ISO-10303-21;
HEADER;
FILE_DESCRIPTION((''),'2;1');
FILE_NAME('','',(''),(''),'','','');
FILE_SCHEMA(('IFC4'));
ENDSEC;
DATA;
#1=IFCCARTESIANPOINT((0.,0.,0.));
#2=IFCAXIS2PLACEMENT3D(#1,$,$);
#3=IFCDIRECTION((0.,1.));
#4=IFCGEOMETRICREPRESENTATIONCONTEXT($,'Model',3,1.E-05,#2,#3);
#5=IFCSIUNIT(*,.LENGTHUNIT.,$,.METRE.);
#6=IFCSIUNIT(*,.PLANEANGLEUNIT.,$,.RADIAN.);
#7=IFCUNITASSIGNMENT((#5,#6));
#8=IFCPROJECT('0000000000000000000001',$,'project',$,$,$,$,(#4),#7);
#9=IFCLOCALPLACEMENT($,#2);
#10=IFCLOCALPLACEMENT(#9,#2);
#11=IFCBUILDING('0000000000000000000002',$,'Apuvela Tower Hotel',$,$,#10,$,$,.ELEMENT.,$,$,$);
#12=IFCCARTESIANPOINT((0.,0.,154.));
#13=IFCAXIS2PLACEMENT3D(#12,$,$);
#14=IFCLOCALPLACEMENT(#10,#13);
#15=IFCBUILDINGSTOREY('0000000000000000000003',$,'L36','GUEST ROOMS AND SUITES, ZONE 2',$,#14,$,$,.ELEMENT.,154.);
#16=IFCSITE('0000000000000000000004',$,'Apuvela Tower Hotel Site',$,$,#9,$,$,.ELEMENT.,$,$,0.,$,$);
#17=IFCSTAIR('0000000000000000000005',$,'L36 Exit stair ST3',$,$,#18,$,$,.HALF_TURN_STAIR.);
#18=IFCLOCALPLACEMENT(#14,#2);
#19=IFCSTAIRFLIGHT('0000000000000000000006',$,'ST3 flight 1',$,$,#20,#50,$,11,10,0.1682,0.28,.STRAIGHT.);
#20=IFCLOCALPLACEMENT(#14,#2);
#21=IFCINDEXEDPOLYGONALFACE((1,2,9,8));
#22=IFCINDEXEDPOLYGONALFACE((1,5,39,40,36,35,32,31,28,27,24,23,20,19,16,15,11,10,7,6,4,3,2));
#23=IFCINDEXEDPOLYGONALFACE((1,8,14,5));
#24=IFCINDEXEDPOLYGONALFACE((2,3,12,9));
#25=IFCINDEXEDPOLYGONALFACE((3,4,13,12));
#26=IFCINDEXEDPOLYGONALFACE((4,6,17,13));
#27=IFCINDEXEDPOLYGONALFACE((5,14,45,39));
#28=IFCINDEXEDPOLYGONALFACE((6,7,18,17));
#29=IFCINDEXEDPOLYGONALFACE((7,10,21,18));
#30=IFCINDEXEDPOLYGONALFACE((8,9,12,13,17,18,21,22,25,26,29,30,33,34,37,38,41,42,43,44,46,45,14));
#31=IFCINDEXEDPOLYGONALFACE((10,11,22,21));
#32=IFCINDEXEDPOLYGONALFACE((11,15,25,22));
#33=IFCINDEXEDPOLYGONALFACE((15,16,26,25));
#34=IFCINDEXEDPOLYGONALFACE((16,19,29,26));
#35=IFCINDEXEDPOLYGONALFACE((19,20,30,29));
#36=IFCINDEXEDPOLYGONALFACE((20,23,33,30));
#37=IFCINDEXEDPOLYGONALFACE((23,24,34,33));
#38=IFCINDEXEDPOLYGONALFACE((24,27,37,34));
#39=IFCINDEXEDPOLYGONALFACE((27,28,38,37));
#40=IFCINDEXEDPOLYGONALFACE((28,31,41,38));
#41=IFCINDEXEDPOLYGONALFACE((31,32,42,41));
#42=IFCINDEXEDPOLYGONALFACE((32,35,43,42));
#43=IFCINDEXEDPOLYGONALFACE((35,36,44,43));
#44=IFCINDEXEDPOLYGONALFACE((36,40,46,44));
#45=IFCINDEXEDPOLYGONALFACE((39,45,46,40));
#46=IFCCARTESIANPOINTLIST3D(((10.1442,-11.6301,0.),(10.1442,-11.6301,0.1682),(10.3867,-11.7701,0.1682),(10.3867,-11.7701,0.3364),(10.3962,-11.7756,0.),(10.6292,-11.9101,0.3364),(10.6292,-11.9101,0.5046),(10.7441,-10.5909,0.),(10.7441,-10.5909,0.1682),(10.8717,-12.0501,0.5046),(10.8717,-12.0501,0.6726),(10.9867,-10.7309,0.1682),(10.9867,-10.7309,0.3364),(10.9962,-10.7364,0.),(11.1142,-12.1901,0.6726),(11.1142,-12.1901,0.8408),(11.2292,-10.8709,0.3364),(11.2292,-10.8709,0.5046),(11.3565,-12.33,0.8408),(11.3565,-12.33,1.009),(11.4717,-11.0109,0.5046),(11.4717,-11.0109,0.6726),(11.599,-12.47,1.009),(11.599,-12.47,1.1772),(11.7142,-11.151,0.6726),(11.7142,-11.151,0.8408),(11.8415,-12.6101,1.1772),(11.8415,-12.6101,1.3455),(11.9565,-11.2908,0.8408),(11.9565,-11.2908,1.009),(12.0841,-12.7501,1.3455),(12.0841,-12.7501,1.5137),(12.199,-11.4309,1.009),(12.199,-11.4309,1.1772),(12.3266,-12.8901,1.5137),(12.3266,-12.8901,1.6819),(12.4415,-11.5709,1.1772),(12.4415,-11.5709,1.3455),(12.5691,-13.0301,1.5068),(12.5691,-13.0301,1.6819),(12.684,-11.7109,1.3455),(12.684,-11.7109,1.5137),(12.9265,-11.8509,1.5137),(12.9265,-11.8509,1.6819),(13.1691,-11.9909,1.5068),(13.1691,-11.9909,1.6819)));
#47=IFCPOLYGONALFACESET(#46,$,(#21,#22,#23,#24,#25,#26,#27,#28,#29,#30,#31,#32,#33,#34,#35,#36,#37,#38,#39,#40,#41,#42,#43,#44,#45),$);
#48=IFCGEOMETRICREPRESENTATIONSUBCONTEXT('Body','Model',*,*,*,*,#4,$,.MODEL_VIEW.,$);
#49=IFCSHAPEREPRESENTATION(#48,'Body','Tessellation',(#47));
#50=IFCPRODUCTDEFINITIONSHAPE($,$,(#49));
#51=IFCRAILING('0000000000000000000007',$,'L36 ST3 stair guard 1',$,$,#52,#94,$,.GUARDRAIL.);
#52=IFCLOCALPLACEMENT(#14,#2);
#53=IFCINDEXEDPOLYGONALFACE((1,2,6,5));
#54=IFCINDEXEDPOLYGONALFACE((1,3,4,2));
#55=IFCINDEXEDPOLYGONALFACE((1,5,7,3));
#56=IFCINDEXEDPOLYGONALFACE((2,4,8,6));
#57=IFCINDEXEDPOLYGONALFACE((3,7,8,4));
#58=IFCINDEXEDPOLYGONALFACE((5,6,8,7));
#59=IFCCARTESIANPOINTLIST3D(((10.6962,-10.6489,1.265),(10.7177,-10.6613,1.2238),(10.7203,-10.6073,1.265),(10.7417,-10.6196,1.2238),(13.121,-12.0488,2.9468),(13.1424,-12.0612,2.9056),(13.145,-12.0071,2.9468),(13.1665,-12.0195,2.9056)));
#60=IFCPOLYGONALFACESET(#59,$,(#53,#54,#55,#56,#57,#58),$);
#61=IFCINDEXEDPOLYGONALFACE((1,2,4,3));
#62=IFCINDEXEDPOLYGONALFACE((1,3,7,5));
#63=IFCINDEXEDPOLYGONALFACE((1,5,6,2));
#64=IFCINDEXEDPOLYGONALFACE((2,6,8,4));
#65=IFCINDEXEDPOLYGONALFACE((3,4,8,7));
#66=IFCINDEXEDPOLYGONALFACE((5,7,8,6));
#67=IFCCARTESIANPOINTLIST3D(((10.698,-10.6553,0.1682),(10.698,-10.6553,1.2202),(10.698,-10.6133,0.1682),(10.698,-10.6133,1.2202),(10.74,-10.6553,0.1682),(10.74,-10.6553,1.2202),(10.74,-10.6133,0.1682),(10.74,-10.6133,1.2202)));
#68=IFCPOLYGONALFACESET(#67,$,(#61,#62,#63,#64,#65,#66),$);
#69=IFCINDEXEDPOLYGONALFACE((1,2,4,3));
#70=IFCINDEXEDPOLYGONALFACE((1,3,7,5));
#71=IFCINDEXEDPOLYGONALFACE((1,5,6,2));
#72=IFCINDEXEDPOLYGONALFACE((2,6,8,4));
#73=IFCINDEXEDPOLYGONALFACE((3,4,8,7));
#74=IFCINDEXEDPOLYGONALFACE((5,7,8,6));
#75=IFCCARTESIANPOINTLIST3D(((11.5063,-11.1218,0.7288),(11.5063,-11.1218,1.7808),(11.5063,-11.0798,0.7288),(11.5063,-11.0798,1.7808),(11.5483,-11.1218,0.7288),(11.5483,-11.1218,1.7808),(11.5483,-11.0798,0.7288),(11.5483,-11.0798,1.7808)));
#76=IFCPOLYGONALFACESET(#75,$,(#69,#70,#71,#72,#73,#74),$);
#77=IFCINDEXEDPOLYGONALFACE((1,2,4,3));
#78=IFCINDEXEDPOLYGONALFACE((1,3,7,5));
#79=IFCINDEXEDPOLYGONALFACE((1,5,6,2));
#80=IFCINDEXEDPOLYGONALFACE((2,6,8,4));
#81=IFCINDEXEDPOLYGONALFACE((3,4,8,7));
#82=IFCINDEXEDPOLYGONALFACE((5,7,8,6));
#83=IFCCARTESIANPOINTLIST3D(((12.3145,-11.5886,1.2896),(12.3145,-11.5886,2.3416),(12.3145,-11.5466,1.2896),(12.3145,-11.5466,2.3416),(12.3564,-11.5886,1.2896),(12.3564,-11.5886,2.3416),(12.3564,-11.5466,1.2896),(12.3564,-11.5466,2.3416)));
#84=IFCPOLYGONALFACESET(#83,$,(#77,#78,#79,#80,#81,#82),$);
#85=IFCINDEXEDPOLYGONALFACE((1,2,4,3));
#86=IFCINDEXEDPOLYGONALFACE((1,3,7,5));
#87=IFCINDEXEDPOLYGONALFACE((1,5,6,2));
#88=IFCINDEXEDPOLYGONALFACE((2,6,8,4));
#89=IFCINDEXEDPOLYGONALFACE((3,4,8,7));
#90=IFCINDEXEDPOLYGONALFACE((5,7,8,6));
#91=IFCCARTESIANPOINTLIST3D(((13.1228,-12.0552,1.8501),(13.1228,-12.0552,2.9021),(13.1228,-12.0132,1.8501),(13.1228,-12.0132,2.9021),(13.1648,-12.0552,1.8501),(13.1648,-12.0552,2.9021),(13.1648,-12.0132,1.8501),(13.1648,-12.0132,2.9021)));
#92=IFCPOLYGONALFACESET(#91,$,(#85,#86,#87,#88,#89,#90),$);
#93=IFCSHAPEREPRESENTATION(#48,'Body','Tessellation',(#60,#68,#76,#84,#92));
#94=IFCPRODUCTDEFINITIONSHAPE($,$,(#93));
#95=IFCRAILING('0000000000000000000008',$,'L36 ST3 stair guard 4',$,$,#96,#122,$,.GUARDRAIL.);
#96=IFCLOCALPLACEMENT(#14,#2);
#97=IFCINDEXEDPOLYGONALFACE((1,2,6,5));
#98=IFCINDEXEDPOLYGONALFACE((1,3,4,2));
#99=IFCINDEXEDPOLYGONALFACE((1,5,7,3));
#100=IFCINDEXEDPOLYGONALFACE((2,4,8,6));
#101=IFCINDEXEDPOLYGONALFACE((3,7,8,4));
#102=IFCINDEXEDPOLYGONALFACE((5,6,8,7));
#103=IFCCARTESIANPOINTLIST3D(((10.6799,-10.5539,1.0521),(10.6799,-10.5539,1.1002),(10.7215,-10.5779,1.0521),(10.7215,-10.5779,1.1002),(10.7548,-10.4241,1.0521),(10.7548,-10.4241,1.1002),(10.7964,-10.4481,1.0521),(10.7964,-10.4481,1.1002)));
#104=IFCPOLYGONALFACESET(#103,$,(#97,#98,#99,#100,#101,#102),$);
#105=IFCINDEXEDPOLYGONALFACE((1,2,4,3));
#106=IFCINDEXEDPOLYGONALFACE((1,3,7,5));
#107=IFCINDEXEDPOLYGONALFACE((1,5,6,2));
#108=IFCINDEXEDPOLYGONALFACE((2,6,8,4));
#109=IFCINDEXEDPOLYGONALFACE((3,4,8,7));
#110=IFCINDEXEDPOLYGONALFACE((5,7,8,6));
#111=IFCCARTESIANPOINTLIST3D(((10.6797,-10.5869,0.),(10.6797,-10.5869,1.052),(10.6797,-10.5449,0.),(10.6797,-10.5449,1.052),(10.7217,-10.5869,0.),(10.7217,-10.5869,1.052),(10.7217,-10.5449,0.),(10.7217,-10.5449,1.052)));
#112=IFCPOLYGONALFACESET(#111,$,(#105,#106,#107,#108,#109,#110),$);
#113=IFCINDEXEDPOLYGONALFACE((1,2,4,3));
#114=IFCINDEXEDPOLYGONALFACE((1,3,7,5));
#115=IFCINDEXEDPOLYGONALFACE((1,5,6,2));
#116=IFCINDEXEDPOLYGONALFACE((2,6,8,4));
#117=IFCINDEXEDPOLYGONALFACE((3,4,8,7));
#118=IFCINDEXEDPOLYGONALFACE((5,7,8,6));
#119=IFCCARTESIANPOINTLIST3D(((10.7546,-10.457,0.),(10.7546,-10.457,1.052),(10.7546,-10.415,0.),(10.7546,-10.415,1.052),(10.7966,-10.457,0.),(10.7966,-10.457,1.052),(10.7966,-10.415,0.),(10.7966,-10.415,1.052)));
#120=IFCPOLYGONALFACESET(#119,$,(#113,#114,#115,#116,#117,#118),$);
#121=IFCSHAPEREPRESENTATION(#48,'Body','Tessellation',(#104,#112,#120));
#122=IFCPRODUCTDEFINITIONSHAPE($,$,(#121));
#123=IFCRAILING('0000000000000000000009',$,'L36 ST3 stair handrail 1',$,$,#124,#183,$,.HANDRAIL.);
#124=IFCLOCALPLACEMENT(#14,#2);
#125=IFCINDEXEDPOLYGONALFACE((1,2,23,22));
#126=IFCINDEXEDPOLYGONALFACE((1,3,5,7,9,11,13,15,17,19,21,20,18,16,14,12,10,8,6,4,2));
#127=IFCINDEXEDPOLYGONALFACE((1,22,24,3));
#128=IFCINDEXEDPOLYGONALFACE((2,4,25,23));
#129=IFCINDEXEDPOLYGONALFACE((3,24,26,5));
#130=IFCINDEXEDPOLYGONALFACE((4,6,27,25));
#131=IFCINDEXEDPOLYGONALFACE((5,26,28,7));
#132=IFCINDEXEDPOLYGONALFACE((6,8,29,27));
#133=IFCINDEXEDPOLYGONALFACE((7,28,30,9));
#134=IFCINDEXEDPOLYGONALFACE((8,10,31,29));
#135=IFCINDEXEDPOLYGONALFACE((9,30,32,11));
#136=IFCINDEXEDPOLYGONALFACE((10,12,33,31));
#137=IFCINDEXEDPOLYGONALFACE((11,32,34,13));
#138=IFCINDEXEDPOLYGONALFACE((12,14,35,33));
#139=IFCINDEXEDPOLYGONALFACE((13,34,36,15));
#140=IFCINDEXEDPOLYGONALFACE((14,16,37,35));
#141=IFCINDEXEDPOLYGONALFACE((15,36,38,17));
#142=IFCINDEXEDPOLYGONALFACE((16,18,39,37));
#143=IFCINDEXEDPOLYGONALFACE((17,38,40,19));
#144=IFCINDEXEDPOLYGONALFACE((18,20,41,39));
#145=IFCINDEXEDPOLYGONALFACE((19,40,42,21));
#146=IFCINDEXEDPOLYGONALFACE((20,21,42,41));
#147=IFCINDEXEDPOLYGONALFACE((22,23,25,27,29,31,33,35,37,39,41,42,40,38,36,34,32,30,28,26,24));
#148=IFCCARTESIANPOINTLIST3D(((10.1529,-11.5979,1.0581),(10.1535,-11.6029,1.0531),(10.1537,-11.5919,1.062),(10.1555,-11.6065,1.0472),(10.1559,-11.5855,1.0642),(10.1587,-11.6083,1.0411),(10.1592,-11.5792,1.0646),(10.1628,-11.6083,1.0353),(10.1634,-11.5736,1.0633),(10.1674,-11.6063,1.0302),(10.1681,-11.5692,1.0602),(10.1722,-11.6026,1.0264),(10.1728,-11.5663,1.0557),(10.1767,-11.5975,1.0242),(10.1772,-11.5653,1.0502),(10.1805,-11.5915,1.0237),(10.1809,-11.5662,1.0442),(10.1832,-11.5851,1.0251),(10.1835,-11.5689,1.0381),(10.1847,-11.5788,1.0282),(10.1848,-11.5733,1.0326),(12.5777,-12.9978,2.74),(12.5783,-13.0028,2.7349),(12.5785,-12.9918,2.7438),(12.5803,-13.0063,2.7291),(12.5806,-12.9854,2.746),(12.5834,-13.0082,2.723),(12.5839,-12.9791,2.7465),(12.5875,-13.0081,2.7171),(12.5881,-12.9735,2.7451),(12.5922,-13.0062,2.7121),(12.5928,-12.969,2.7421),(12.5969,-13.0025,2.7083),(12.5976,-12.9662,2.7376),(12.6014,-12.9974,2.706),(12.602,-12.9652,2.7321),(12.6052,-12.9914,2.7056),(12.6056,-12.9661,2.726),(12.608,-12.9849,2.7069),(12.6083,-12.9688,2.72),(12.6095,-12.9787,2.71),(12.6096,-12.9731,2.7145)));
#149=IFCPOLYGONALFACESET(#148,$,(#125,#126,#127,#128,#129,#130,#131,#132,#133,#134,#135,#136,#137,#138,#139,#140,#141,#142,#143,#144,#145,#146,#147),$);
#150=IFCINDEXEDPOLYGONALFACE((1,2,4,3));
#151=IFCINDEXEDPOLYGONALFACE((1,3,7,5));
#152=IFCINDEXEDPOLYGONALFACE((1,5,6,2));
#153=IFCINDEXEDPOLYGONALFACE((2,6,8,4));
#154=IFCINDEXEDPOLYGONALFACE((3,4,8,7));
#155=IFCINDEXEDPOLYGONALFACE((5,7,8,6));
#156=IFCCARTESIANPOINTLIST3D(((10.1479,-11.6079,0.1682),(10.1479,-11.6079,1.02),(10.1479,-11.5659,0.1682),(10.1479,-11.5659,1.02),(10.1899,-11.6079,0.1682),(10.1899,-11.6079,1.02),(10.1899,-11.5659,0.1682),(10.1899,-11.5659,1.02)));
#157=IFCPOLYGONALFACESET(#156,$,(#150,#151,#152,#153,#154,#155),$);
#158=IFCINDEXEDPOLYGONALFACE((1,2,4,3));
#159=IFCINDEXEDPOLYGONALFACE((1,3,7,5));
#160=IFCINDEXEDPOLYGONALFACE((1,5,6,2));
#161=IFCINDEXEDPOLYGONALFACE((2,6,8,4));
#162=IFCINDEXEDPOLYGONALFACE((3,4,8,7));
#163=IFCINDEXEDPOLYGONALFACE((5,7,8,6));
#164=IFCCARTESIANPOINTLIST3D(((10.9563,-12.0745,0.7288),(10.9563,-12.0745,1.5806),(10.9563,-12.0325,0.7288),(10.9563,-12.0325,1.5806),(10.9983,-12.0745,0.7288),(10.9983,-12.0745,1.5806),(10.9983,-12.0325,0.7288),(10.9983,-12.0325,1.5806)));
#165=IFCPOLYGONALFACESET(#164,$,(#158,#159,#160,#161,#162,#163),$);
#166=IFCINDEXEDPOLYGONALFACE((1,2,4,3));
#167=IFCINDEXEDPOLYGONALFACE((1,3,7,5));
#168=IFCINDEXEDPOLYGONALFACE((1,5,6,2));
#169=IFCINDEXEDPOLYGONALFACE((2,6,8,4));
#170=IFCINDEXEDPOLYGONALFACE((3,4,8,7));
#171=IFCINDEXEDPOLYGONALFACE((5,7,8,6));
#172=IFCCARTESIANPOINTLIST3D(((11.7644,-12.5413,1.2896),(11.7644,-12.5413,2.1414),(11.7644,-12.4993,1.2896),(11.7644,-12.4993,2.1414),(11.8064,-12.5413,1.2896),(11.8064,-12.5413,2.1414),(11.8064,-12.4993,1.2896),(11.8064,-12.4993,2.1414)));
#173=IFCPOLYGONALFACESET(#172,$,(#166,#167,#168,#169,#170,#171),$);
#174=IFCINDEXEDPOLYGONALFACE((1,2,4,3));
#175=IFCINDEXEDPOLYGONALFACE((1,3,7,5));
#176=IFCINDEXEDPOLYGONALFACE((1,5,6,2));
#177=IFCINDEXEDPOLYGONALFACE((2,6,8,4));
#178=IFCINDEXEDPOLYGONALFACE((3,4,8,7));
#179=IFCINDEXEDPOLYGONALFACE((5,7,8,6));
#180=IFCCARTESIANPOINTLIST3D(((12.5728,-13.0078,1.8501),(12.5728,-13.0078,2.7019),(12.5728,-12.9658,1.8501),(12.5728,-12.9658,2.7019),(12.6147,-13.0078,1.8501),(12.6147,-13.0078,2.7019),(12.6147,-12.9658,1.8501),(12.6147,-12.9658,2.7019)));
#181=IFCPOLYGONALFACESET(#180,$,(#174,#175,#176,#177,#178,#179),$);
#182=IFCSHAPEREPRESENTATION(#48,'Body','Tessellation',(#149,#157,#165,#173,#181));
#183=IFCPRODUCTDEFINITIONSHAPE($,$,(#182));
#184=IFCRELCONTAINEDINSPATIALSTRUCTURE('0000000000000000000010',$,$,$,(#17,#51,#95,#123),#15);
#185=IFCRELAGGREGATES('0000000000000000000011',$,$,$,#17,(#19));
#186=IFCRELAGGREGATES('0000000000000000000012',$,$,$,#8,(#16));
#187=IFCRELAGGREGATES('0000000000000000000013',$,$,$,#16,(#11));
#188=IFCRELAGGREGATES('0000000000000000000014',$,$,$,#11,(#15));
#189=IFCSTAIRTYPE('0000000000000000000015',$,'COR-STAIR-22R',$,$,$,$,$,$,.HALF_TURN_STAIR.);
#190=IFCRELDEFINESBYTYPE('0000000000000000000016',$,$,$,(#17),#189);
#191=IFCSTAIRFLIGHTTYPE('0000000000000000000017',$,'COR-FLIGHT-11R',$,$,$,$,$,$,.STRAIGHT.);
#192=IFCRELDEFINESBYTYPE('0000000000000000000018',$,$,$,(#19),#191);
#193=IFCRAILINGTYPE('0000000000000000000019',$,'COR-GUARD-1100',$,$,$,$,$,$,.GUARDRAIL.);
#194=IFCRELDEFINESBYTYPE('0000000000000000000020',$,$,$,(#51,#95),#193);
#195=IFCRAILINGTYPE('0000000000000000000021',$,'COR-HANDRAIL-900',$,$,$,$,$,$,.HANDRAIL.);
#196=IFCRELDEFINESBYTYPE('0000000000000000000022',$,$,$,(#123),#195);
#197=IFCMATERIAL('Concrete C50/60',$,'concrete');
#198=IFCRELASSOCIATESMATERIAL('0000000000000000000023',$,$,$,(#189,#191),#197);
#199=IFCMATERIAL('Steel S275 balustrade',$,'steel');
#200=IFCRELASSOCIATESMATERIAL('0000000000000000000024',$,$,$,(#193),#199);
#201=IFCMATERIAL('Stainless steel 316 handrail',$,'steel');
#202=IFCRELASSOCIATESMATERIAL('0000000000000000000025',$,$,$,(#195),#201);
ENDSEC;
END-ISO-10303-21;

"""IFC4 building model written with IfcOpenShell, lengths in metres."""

from ifc_helpers import new_model, si_unit, direction, frame, origin, origin_2d, place, context, subcontext, project, spatial, polyline, rectangle, circle, outline, extrude, material, type_object, element, aggregate, save


model = new_model("IFC4")

# Units and contexts
model_context = context("Model", 3, precision=1e-05, world=origin(), true_north=direction((0.0, 1.0)))
body_context = subcontext(model_context, "Body", "Model", "MODEL_VIEW")
ifc_project = project(units=[si_unit("LENGTHUNIT", "METRE"), si_unit("PLANEANGLEUNIT", "RADIAN")], contexts=[model_context])

# Site, building, storey
site_placement = place(None, origin())
site = spatial("IfcSite", under=ifc_project, at=site_placement, Name="Apuvela Tower Hotel Site", CompositionType="ELEMENT", RefElevation=0.0)
building_placement = place(site_placement, origin())
building = spatial("IfcBuilding", under=site, at=building_placement, Name="Apuvela Tower Hotel", CompositionType="ELEMENT")
storey_placement = place(building_placement, frame((0.0, 0.0, 154.0)))
storey = spatial("IfcBuildingStorey", under=building, at=storey_placement, Name="L36", Description="GUEST ROOMS AND SUITES, ZONE 2", CompositionType="ELEMENT", Elevation=154.0)

# Shared definitions
ifc_material_1 = material(Name="Concrete C50/60", Category="concrete")

# Stair, stair flight
stair_type = type_object("IfcStairType", Name="COR-STAIR-22R", PredefinedType="HALF_TURN_STAIR", material=ifc_material_1)
stair_placement = place(storey_placement, origin())
stair = element("IfcStair", 1, at=stair_placement, inside=storey, type_object=stair_type, Name="L36 Exit stair ST3", PredefinedType="HALF_TURN_STAIR")
stair_flight_type = type_object("IfcStairFlightType", Name="COR-FLIGHT-11R", PredefinedType="STRAIGHT", material=ifc_material_1)
stair_flight_placement = place(storey_placement, frame((10.4441, -11.1106, 0.0), z_axis=(0.0, 0.0, 1.0), x_axis=(0.866025, -0.5, 0.0)))
stair_flight = element("IfcStairFlight", 2, at=stair_flight_placement, type_object=stair_flight_type, Name="ST3 flight 1", NumberOfRisers=11, NumberOfTreads=10, PredefinedType="STRAIGHT", RiserHeight=0.1682, TreadLength=0.28, context=body_context, shape_type="SweptSolid", body=[
    extrude(outline(polyline([(0.0, 0.0), (0.0, 0.1682), (0.28, 0.1682), (0.28, 0.3364), (0.5601, 0.3364), (0.5601, 0.5046), (0.8401, 0.5046), (0.8401, 0.6726), (1.1201, 0.6726), (1.1201, 0.8408), (1.3999, 0.8408), (1.3999, 1.009), (1.6799, 1.009), (1.6799, 1.1772), (1.96, 1.1772), (1.96, 1.3455), (2.24, 1.3455), (2.24, 1.5137), (2.52, 1.5137), (2.52, 1.6819), (2.8, 1.6819), (2.8, 1.8501), (2.8, 1.5068), (0.291, 0.0), (0.0, 0.0)])), frame((0.0, 0.6001, 0.0), z_axis=(0.0, -1.0, 0.0), x_axis=(1.0, 0.0, 0.0)), (0.0, 0.0, 1.0), 1.2),
])
aggregate(stair, [stair_flight])

# Railings
ifc_material_2 = material(Name="Steel S275 balustrade", Category="steel")
railing_type_1 = type_object("IfcRailingType", Name="COR-GUARD-1100", PredefinedType="GUARDRAIL", material=ifc_material_2)
railing_1_placement = place(storey_placement, frame((10.719, -10.6343, 0.1682)))
element("IfcRailing", 3, at=railing_1_placement, inside=storey, type_object=railing_type_1, Name="L36 ST3 stair guard 1", PredefinedType="GUARDRAIL", context=body_context, shape_type="SweptSolid", body=[
    extrude(rectangle(XDim=0.0481, YDim=0.0481, at=origin_2d()), frame((0.0, 0.0, 1.0762), z_axis=(0.74239, -0.428601, 0.514934), x_axis=(0.499984, 0.866035, 0.0)), (0.0, 0.0, 1.0), 3.2661),
    extrude(rectangle(XDim=0.042, YDim=0.042, at=origin_2d()), origin(), (0.0, 0.0, 1.0), 1.052),
    extrude(rectangle(XDim=0.042, YDim=0.042, at=origin_2d()), frame((0.8083, -0.4666, 0.5605)), (0.0, 0.0, 1.0), 1.052),
    extrude(rectangle(XDim=0.042, YDim=0.042, at=origin_2d()), frame((1.6165, -0.9333, 1.1213)), (0.0, 0.0, 1.0), 1.052),
    extrude(rectangle(XDim=0.042, YDim=0.042, at=origin_2d()), frame((2.4248, -1.3999, 1.6819)), (0.0, 0.0, 1.0), 1.052),
])
railing_2_placement = place(storey_placement, frame((10.7007, -10.5659, 0.0)))
element("IfcRailing", 4, at=railing_2_placement, inside=storey, type_object=railing_type_1, Name="L36 ST3 stair guard 4", PredefinedType="GUARDRAIL", context=body_context, shape_type="SweptSolid", body=[
    extrude(rectangle(XDim=0.0481, YDim=0.0481, at=origin_2d()), frame((0.0, 0.0, 1.0762), z_axis=(0.499816, 0.866131, 0.0), x_axis=(-0.866131, 0.499816, 0.0)), (0.0, 0.0, 1.0), 0.1499),
    extrude(rectangle(XDim=0.042, YDim=0.042, at=origin_2d()), origin(), (0.0, 0.0, 1.0), 1.052),
    extrude(rectangle(XDim=0.042, YDim=0.042, at=origin_2d()), frame((0.075, 0.1299, 0.0)), (0.0, 0.0, 1.0), 1.052),
])
ifc_material_3 = material(Name="Stainless steel 316 handrail", Category="steel")
railing_type_2 = type_object("IfcRailingType", Name="COR-HANDRAIL-900", PredefinedType="HANDRAIL", material=ifc_material_3)
railing_3_placement = place(storey_placement, frame((10.1689, -11.5869, 0.1682)))
element("IfcRailing", 5, at=railing_3_placement, inside=storey, type_object=railing_type_2, Name="L36 ST3 stair handrail 1", PredefinedType="HANDRAIL", context=body_context, shape_type="SweptSolid", body=[
    extrude(circle(Radius=0.0239, at=origin_2d()), frame((0.0, 0.0, 0.876), z_axis=(0.74239, -0.428601, 0.514934), x_axis=(0.499984, 0.866035, 0.0)), (0.0, 0.0, 1.0), 3.2661),
    extrude(rectangle(XDim=0.042, YDim=0.042, at=origin_2d()), origin(), (0.0, 0.0, 1.0), 0.8518),
    extrude(rectangle(XDim=0.042, YDim=0.042, at=origin_2d()), frame((0.8083, -0.4666, 0.5605)), (0.0, 0.0, 1.0), 0.8518),
    extrude(rectangle(XDim=0.042, YDim=0.042, at=origin_2d()), frame((1.6165, -0.9333, 1.1213)), (0.0, 0.0, 1.0), 0.8518),
    extrude(rectangle(XDim=0.042, YDim=0.042, at=origin_2d()), frame((2.4248, -1.3999, 1.6819)), (0.0, 0.0, 1.0), 0.8518),
])

save(model, "model.ifc")
